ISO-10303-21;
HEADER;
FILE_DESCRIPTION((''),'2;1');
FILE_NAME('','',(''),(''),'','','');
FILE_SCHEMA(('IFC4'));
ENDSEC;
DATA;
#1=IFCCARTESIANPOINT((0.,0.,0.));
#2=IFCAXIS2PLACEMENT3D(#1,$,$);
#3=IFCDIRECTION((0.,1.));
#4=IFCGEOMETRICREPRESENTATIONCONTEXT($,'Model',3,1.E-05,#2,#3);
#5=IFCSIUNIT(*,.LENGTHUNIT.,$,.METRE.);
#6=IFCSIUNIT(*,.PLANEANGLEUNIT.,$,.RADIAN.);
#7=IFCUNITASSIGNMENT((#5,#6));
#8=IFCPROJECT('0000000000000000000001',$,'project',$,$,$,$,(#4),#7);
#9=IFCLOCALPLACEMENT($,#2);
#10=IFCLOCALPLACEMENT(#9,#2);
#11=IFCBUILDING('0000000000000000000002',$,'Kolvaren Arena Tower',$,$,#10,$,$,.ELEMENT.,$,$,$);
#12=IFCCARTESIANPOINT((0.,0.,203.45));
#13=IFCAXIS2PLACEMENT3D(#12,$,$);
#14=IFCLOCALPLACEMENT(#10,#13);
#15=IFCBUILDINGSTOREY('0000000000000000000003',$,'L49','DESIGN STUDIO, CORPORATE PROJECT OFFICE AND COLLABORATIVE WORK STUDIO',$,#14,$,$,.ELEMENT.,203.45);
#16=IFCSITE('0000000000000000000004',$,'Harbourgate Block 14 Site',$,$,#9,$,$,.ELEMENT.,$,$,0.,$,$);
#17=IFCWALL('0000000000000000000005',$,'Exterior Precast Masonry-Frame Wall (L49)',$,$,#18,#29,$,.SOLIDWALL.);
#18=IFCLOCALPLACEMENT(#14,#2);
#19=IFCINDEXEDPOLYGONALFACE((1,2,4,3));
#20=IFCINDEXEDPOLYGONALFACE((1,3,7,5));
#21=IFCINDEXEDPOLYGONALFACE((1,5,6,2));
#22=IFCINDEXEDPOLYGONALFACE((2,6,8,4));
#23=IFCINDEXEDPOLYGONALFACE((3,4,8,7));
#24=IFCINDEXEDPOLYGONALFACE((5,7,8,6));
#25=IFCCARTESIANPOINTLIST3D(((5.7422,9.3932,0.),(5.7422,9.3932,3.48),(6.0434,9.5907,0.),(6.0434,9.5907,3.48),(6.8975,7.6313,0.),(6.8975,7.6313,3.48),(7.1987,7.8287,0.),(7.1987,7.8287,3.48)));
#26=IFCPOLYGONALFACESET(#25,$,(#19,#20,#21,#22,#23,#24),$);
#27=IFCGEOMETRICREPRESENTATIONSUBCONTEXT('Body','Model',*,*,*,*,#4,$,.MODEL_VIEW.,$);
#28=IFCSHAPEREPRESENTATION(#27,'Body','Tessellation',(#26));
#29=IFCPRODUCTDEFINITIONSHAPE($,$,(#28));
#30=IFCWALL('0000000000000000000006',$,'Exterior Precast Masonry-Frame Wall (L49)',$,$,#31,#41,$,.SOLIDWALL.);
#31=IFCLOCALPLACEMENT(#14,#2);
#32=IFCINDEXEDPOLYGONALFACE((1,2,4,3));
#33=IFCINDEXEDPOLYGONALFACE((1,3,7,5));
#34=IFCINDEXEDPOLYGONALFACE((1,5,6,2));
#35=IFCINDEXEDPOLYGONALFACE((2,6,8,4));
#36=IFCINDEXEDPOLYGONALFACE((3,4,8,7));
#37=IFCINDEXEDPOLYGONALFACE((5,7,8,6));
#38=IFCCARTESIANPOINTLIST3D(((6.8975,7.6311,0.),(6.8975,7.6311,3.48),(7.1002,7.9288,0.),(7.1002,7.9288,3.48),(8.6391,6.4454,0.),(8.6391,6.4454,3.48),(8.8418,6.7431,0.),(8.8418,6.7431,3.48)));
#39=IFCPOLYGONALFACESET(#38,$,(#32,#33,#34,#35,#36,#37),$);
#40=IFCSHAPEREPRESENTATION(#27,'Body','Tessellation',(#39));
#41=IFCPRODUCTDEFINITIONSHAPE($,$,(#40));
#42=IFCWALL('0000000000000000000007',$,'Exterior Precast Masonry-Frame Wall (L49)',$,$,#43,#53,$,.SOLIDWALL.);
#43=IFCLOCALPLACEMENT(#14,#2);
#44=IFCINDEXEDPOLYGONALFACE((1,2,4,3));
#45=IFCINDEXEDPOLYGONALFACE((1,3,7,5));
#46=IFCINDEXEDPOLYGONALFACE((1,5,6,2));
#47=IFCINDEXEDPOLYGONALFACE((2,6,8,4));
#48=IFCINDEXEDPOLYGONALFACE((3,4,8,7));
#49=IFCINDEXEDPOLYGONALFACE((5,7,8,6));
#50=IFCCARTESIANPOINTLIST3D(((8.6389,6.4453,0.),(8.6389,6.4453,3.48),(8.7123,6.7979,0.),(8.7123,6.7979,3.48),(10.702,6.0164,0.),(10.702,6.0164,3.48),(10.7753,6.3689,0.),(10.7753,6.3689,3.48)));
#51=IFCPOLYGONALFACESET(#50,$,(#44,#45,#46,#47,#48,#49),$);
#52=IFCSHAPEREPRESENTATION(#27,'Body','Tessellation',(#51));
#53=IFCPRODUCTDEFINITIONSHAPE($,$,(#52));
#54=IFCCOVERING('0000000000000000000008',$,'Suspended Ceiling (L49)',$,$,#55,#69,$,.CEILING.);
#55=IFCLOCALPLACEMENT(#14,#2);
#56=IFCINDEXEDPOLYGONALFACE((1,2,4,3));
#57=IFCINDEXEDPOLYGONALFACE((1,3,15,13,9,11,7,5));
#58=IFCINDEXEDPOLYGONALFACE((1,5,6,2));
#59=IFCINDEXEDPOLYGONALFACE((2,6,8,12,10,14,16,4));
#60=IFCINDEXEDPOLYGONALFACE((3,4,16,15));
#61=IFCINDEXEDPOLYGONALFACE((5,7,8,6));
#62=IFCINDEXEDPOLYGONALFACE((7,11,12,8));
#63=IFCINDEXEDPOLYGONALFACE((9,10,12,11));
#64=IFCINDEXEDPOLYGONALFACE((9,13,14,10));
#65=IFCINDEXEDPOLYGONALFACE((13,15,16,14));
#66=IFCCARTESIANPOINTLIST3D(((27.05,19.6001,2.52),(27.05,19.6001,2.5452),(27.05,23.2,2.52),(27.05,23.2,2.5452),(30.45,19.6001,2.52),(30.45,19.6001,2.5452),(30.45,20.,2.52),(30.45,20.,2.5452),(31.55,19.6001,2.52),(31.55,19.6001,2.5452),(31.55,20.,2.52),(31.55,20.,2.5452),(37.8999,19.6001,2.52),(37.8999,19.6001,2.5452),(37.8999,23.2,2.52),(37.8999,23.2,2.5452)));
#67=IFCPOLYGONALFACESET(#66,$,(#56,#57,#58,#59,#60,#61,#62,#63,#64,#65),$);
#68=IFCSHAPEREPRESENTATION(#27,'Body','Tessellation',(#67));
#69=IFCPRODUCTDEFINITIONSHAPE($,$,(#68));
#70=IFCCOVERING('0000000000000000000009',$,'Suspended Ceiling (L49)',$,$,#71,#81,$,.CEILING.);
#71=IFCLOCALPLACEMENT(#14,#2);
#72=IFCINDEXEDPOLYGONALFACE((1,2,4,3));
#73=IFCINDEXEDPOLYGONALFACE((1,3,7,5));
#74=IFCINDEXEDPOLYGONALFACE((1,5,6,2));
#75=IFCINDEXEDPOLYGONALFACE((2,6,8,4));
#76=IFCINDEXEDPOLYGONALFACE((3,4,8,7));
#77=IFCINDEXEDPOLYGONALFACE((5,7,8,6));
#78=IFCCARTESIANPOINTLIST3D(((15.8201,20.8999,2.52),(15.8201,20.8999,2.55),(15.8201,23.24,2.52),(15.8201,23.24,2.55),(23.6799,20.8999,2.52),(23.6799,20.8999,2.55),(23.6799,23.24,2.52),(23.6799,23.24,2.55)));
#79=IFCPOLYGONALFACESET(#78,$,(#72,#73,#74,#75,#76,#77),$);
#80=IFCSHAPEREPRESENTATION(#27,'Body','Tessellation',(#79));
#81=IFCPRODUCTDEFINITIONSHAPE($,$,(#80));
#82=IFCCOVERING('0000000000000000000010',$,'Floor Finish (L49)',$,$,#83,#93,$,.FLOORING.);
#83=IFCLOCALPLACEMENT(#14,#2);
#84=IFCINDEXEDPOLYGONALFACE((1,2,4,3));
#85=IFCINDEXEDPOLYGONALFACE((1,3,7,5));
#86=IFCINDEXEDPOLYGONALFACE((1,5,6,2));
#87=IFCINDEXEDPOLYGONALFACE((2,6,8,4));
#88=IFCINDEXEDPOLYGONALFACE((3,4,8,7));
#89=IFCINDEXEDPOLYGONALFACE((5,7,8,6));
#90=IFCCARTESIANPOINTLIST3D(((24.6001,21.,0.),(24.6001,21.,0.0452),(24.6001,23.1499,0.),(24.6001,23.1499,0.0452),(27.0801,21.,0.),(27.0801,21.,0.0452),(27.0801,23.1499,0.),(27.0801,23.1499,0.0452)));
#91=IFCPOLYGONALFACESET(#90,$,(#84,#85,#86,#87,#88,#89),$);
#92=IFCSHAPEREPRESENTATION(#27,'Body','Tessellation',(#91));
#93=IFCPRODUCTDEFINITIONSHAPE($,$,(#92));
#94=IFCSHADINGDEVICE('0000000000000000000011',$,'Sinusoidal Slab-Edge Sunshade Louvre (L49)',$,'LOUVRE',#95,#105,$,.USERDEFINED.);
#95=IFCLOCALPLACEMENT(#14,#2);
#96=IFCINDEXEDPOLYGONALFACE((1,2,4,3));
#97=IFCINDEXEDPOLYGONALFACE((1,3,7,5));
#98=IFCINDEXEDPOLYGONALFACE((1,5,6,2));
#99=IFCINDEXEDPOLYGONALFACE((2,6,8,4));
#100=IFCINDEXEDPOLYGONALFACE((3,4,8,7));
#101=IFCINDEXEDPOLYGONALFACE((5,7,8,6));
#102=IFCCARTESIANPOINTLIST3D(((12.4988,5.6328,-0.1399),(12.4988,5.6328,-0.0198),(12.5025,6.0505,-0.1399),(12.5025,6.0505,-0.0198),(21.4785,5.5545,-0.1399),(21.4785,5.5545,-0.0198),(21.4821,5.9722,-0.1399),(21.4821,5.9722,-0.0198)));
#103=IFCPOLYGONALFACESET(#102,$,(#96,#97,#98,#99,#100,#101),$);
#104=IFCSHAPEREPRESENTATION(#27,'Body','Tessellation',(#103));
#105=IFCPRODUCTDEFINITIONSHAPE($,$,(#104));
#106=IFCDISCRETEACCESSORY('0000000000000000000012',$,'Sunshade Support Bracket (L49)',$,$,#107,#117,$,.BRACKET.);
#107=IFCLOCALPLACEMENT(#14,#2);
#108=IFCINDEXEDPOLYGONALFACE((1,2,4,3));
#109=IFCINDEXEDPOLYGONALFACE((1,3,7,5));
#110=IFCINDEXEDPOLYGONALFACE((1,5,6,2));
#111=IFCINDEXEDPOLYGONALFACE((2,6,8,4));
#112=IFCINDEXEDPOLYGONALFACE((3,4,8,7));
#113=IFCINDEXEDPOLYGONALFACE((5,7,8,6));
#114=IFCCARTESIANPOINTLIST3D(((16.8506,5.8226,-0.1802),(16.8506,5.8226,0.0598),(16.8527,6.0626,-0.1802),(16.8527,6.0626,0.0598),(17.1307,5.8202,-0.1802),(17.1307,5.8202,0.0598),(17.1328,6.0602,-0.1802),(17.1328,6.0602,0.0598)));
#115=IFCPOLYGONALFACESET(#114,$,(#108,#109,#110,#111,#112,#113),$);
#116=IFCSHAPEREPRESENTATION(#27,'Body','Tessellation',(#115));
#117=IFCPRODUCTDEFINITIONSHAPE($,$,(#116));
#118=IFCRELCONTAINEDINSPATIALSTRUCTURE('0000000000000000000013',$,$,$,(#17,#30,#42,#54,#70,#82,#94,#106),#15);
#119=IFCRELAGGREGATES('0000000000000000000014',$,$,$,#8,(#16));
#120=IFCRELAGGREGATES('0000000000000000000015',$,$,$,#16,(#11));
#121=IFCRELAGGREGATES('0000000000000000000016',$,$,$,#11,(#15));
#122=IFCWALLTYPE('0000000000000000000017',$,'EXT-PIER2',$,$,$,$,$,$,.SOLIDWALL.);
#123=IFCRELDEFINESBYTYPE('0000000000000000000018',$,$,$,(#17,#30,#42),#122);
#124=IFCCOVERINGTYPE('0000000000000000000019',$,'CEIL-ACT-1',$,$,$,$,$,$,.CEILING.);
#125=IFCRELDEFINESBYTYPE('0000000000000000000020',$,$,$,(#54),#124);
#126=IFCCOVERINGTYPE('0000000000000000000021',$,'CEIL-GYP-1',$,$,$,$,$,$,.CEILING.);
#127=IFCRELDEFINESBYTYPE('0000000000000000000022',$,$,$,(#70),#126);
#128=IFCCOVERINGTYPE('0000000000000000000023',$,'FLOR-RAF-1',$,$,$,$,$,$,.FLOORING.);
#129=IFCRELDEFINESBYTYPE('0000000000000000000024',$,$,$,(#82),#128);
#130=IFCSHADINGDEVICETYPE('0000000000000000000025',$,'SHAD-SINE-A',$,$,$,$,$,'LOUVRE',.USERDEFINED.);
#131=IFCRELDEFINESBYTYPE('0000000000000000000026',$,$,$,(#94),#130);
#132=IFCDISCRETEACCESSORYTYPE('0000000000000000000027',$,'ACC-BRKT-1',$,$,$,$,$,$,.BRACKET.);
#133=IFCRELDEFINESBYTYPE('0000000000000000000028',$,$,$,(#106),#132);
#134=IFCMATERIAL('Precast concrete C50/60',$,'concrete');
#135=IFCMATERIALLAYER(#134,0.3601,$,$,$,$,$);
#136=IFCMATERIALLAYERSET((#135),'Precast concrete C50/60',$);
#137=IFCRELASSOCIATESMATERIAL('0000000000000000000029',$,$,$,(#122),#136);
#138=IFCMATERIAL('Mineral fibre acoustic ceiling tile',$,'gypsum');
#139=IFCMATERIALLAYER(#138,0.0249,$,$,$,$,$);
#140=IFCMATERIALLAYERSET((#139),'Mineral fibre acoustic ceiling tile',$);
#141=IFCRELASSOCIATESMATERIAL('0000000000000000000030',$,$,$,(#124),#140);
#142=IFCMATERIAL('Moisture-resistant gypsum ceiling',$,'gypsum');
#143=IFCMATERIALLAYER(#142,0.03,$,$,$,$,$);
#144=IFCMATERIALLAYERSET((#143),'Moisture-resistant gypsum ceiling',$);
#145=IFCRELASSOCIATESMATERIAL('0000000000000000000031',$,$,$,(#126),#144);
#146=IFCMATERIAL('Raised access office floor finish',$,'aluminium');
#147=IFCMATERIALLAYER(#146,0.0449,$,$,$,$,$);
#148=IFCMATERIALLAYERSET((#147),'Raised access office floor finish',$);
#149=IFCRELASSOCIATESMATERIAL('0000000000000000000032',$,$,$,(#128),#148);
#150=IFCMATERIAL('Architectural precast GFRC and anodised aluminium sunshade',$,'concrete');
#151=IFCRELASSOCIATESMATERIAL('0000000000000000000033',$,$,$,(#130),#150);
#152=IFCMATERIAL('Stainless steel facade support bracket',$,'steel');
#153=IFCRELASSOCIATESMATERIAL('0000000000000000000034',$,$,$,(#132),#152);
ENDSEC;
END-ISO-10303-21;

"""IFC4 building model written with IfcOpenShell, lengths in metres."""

from ifc_helpers import new_model, si_unit, direction, frame, frame_2d, origin, origin_2d, place, context, subcontext, project, spatial, polyline, rectangle, outline, extrude, material, layer, layer_set, type_object, element, save


model = new_model("IFC4")

# Units and contexts
model_context = context("Model", 3, precision=1e-05, world=origin(), true_north=direction((0.0, 1.0)))
body_context = subcontext(model_context, "Body", "Model", "MODEL_VIEW")
ifc_project = project(units=[si_unit("LENGTHUNIT", "METRE"), si_unit("PLANEANGLEUNIT", "RADIAN")], contexts=[model_context])

# Site, building, storey
site_placement = place(None, origin())
site = spatial("IfcSite", under=ifc_project, at=site_placement, Name="Harbourgate Block 14 Site", CompositionType="ELEMENT", RefElevation=0.0)
building_placement = place(site_placement, origin())
building = spatial("IfcBuilding", under=site, at=building_placement, Name="Kolvaren Arena Tower", CompositionType="ELEMENT")
storey_placement = place(building_placement, frame((0.0, 0.0, 203.45)))
storey = spatial("IfcBuildingStorey", under=building, at=storey_placement, Name="L49", Description="DESIGN STUDIO, CORPORATE PROJECT OFFICE AND COLLABORATIVE WORK STUDIO", CompositionType="ELEMENT", Elevation=203.45)

# Walls
ifc_material_1 = material(Name="Precast concrete C50/60", Category="concrete")
ifc_layer_1 = layer(ifc_material_1, 0.3601)
ifc_layer_set_1 = layer_set([ifc_layer_1], Name="Precast concrete C50/60")
wall_type = type_object("IfcWallType", Name="EXT-PIER2", PredefinedType="SOLIDWALL", material=ifc_layer_set_1)
for number, where, z_axis, x_axis, name in (
    (1, (7.0481, 7.73, 0.0), (0.0, 0.0, 1.0), (-0.54832, 0.836269, 0.0), "Exterior Precast Masonry-Frame Wall (L49)"),
    (2, (8.7405, 6.5942, 0.0), (0.0, 0.0, 1.0), (-0.82661, 0.562776, 0.0), "Exterior Precast Masonry-Frame Wall (L49)"),
):
    element("IfcWall", number, at=place(storey_placement, frame(where, z_axis=z_axis, x_axis=x_axis)), inside=storey, type_object=wall_type, Name=name, PredefinedType="SOLIDWALL", context=body_context, shape_type="SweptSolid", body=[
        extrude(rectangle(XDim=2.1069, YDim=0.3601, at=frame_2d((1.0535, 0.0))), origin(), (0.0, 0.0, 1.0), 3.48),
    ])
wall_placement = place(storey_placement, frame((10.7388, 6.1926, 0.0), z_axis=(0.0, 0.0, 1.0), x_axis=(-0.979059, 0.203575, 0.0)))
element("IfcWall", 3, at=wall_placement, inside=storey, type_object=wall_type, Name="Exterior Precast Masonry-Frame Wall (L49)", PredefinedType="SOLIDWALL", context=body_context, shape_type="SweptSolid", body=[
    extrude(rectangle(XDim=2.1072, YDim=0.3601, at=frame_2d((1.0537, 0.0))), origin(), (0.0, 0.0, 1.0), 3.48),
])

# Coverings
ifc_material_2 = material(Name="Mineral fibre acoustic ceiling tile", Category="gypsum")
ifc_layer_2 = layer(ifc_material_2, 0.0249)
ifc_layer_set_2 = layer_set([ifc_layer_2], Name="Mineral fibre acoustic ceiling tile")
covering_type_1 = type_object("IfcCoveringType", Name="CEIL-ACT-1", PredefinedType="CEILING", material=ifc_layer_set_2)
covering_1_placement = place(storey_placement, frame((0.0, 0.0, 2.52)))
element("IfcCovering", 4, at=covering_1_placement, inside=storey, type_object=covering_type_1, Name="Suspended Ceiling (L49)", PredefinedType="CEILING", context=body_context, shape_type="SweptSolid", body=[
    extrude(outline(polyline([(27.05, 19.6001), (27.05, 23.2), (37.8999, 23.2), (37.8999, 19.6001), (31.55, 19.6001), (31.55, 20.0), (30.45, 20.0), (30.45, 19.6001), (27.05, 19.6001)])), origin(), (0.0, 0.0, 1.0), 0.0251),
])
ifc_material_3 = material(Name="Moisture-resistant gypsum ceiling", Category="gypsum")
ifc_layer_3 = layer(ifc_material_3, 0.03)
ifc_layer_set_3 = layer_set([ifc_layer_3], Name="Moisture-resistant gypsum ceiling")
covering_type_2 = type_object("IfcCoveringType", Name="CEIL-GYP-1", PredefinedType="CEILING", material=ifc_layer_set_3)
covering_2_placement = place(storey_placement, frame((0.0, 0.0, 2.52)))
element("IfcCovering", 5, at=covering_2_placement, inside=storey, type_object=covering_type_2, Name="Suspended Ceiling (L49)", PredefinedType="CEILING", context=body_context, shape_type="SweptSolid", body=[
    extrude(outline(polyline([(15.8201, 20.8999), (15.8201, 23.24), (23.6799, 23.24), (23.6799, 20.8999), (15.8201, 20.8999)])), origin(), (0.0, 0.0, 1.0), 0.03),
])
ifc_material_4 = material(Name="Raised access office floor finish", Category="aluminium")
ifc_layer_4 = layer(ifc_material_4, 0.0449)
ifc_layer_set_4 = layer_set([ifc_layer_4], Name="Raised access office floor finish")
covering_type_3 = type_object("IfcCoveringType", Name="FLOR-RAF-1", PredefinedType="FLOORING", material=ifc_layer_set_4)
covering_3_placement = place(storey_placement, origin())
element("IfcCovering", 6, at=covering_3_placement, inside=storey, type_object=covering_type_3, Name="Floor Finish (L49)", PredefinedType="FLOORING", context=body_context, shape_type="SweptSolid", body=[
    extrude(outline(polyline([(24.6001, 21.0), (24.6001, 23.1499), (27.0801, 23.1499), (27.0801, 21.0), (24.6001, 21.0)])), origin(), (0.0, 0.0, 1.0), 0.0452),
])

# Shading device
ifc_material_5 = material(Name="Architectural precast GFRC and anodised aluminium sunshade", Category="concrete")
shading_device_type = type_object("IfcShadingDeviceType", Name="SHAD-SINE-A", ElementType="LOUVRE", PredefinedType="USERDEFINED", material=ifc_material_5)
shading_device_placement = place(storey_placement, frame((16.9905, 5.8025, -0.1399), z_axis=(0.0, 0.0, 1.0), x_axis=(-0.999962, 0.008727, 0.0)))
element("IfcShadingDevice", 7, at=shading_device_placement, inside=storey, type_object=shading_device_type, Name="Sinusoidal Slab-Edge Sunshade Louvre (L49)", ObjectType="LOUVRE", PredefinedType="USERDEFINED", context=body_context, shape_type="SweptSolid", body=[
    extrude(rectangle(XDim=8.98, YDim=0.4177, at=origin_2d()), origin(), (0.0, 0.0, 1.0), 0.1201),
])

# Discrete accessory
ifc_material_6 = material(Name="Stainless steel facade support bracket", Category="steel")
discrete_accessory_type = type_object("IfcDiscreteAccessoryType", Name="ACC-BRKT-1", PredefinedType="BRACKET", material=ifc_material_6)
discrete_accessory_placement = place(storey_placement, frame((16.9917, 5.9414, -0.1802), z_axis=(0.0, 0.0, 1.0), x_axis=(-0.999962, 0.008727, 0.0)))
element("IfcDiscreteAccessory", 8, at=discrete_accessory_placement, inside=storey, type_object=discrete_accessory_type, Name="Sunshade Support Bracket (L49)", PredefinedType="BRACKET", context=body_context, shape_type="SweptSolid", body=[
    extrude(rectangle(XDim=0.28, YDim=0.24, at=origin_2d()), origin(), (0.0, 0.0, 1.0), 0.24),
])

save(model, "model.ifc")
